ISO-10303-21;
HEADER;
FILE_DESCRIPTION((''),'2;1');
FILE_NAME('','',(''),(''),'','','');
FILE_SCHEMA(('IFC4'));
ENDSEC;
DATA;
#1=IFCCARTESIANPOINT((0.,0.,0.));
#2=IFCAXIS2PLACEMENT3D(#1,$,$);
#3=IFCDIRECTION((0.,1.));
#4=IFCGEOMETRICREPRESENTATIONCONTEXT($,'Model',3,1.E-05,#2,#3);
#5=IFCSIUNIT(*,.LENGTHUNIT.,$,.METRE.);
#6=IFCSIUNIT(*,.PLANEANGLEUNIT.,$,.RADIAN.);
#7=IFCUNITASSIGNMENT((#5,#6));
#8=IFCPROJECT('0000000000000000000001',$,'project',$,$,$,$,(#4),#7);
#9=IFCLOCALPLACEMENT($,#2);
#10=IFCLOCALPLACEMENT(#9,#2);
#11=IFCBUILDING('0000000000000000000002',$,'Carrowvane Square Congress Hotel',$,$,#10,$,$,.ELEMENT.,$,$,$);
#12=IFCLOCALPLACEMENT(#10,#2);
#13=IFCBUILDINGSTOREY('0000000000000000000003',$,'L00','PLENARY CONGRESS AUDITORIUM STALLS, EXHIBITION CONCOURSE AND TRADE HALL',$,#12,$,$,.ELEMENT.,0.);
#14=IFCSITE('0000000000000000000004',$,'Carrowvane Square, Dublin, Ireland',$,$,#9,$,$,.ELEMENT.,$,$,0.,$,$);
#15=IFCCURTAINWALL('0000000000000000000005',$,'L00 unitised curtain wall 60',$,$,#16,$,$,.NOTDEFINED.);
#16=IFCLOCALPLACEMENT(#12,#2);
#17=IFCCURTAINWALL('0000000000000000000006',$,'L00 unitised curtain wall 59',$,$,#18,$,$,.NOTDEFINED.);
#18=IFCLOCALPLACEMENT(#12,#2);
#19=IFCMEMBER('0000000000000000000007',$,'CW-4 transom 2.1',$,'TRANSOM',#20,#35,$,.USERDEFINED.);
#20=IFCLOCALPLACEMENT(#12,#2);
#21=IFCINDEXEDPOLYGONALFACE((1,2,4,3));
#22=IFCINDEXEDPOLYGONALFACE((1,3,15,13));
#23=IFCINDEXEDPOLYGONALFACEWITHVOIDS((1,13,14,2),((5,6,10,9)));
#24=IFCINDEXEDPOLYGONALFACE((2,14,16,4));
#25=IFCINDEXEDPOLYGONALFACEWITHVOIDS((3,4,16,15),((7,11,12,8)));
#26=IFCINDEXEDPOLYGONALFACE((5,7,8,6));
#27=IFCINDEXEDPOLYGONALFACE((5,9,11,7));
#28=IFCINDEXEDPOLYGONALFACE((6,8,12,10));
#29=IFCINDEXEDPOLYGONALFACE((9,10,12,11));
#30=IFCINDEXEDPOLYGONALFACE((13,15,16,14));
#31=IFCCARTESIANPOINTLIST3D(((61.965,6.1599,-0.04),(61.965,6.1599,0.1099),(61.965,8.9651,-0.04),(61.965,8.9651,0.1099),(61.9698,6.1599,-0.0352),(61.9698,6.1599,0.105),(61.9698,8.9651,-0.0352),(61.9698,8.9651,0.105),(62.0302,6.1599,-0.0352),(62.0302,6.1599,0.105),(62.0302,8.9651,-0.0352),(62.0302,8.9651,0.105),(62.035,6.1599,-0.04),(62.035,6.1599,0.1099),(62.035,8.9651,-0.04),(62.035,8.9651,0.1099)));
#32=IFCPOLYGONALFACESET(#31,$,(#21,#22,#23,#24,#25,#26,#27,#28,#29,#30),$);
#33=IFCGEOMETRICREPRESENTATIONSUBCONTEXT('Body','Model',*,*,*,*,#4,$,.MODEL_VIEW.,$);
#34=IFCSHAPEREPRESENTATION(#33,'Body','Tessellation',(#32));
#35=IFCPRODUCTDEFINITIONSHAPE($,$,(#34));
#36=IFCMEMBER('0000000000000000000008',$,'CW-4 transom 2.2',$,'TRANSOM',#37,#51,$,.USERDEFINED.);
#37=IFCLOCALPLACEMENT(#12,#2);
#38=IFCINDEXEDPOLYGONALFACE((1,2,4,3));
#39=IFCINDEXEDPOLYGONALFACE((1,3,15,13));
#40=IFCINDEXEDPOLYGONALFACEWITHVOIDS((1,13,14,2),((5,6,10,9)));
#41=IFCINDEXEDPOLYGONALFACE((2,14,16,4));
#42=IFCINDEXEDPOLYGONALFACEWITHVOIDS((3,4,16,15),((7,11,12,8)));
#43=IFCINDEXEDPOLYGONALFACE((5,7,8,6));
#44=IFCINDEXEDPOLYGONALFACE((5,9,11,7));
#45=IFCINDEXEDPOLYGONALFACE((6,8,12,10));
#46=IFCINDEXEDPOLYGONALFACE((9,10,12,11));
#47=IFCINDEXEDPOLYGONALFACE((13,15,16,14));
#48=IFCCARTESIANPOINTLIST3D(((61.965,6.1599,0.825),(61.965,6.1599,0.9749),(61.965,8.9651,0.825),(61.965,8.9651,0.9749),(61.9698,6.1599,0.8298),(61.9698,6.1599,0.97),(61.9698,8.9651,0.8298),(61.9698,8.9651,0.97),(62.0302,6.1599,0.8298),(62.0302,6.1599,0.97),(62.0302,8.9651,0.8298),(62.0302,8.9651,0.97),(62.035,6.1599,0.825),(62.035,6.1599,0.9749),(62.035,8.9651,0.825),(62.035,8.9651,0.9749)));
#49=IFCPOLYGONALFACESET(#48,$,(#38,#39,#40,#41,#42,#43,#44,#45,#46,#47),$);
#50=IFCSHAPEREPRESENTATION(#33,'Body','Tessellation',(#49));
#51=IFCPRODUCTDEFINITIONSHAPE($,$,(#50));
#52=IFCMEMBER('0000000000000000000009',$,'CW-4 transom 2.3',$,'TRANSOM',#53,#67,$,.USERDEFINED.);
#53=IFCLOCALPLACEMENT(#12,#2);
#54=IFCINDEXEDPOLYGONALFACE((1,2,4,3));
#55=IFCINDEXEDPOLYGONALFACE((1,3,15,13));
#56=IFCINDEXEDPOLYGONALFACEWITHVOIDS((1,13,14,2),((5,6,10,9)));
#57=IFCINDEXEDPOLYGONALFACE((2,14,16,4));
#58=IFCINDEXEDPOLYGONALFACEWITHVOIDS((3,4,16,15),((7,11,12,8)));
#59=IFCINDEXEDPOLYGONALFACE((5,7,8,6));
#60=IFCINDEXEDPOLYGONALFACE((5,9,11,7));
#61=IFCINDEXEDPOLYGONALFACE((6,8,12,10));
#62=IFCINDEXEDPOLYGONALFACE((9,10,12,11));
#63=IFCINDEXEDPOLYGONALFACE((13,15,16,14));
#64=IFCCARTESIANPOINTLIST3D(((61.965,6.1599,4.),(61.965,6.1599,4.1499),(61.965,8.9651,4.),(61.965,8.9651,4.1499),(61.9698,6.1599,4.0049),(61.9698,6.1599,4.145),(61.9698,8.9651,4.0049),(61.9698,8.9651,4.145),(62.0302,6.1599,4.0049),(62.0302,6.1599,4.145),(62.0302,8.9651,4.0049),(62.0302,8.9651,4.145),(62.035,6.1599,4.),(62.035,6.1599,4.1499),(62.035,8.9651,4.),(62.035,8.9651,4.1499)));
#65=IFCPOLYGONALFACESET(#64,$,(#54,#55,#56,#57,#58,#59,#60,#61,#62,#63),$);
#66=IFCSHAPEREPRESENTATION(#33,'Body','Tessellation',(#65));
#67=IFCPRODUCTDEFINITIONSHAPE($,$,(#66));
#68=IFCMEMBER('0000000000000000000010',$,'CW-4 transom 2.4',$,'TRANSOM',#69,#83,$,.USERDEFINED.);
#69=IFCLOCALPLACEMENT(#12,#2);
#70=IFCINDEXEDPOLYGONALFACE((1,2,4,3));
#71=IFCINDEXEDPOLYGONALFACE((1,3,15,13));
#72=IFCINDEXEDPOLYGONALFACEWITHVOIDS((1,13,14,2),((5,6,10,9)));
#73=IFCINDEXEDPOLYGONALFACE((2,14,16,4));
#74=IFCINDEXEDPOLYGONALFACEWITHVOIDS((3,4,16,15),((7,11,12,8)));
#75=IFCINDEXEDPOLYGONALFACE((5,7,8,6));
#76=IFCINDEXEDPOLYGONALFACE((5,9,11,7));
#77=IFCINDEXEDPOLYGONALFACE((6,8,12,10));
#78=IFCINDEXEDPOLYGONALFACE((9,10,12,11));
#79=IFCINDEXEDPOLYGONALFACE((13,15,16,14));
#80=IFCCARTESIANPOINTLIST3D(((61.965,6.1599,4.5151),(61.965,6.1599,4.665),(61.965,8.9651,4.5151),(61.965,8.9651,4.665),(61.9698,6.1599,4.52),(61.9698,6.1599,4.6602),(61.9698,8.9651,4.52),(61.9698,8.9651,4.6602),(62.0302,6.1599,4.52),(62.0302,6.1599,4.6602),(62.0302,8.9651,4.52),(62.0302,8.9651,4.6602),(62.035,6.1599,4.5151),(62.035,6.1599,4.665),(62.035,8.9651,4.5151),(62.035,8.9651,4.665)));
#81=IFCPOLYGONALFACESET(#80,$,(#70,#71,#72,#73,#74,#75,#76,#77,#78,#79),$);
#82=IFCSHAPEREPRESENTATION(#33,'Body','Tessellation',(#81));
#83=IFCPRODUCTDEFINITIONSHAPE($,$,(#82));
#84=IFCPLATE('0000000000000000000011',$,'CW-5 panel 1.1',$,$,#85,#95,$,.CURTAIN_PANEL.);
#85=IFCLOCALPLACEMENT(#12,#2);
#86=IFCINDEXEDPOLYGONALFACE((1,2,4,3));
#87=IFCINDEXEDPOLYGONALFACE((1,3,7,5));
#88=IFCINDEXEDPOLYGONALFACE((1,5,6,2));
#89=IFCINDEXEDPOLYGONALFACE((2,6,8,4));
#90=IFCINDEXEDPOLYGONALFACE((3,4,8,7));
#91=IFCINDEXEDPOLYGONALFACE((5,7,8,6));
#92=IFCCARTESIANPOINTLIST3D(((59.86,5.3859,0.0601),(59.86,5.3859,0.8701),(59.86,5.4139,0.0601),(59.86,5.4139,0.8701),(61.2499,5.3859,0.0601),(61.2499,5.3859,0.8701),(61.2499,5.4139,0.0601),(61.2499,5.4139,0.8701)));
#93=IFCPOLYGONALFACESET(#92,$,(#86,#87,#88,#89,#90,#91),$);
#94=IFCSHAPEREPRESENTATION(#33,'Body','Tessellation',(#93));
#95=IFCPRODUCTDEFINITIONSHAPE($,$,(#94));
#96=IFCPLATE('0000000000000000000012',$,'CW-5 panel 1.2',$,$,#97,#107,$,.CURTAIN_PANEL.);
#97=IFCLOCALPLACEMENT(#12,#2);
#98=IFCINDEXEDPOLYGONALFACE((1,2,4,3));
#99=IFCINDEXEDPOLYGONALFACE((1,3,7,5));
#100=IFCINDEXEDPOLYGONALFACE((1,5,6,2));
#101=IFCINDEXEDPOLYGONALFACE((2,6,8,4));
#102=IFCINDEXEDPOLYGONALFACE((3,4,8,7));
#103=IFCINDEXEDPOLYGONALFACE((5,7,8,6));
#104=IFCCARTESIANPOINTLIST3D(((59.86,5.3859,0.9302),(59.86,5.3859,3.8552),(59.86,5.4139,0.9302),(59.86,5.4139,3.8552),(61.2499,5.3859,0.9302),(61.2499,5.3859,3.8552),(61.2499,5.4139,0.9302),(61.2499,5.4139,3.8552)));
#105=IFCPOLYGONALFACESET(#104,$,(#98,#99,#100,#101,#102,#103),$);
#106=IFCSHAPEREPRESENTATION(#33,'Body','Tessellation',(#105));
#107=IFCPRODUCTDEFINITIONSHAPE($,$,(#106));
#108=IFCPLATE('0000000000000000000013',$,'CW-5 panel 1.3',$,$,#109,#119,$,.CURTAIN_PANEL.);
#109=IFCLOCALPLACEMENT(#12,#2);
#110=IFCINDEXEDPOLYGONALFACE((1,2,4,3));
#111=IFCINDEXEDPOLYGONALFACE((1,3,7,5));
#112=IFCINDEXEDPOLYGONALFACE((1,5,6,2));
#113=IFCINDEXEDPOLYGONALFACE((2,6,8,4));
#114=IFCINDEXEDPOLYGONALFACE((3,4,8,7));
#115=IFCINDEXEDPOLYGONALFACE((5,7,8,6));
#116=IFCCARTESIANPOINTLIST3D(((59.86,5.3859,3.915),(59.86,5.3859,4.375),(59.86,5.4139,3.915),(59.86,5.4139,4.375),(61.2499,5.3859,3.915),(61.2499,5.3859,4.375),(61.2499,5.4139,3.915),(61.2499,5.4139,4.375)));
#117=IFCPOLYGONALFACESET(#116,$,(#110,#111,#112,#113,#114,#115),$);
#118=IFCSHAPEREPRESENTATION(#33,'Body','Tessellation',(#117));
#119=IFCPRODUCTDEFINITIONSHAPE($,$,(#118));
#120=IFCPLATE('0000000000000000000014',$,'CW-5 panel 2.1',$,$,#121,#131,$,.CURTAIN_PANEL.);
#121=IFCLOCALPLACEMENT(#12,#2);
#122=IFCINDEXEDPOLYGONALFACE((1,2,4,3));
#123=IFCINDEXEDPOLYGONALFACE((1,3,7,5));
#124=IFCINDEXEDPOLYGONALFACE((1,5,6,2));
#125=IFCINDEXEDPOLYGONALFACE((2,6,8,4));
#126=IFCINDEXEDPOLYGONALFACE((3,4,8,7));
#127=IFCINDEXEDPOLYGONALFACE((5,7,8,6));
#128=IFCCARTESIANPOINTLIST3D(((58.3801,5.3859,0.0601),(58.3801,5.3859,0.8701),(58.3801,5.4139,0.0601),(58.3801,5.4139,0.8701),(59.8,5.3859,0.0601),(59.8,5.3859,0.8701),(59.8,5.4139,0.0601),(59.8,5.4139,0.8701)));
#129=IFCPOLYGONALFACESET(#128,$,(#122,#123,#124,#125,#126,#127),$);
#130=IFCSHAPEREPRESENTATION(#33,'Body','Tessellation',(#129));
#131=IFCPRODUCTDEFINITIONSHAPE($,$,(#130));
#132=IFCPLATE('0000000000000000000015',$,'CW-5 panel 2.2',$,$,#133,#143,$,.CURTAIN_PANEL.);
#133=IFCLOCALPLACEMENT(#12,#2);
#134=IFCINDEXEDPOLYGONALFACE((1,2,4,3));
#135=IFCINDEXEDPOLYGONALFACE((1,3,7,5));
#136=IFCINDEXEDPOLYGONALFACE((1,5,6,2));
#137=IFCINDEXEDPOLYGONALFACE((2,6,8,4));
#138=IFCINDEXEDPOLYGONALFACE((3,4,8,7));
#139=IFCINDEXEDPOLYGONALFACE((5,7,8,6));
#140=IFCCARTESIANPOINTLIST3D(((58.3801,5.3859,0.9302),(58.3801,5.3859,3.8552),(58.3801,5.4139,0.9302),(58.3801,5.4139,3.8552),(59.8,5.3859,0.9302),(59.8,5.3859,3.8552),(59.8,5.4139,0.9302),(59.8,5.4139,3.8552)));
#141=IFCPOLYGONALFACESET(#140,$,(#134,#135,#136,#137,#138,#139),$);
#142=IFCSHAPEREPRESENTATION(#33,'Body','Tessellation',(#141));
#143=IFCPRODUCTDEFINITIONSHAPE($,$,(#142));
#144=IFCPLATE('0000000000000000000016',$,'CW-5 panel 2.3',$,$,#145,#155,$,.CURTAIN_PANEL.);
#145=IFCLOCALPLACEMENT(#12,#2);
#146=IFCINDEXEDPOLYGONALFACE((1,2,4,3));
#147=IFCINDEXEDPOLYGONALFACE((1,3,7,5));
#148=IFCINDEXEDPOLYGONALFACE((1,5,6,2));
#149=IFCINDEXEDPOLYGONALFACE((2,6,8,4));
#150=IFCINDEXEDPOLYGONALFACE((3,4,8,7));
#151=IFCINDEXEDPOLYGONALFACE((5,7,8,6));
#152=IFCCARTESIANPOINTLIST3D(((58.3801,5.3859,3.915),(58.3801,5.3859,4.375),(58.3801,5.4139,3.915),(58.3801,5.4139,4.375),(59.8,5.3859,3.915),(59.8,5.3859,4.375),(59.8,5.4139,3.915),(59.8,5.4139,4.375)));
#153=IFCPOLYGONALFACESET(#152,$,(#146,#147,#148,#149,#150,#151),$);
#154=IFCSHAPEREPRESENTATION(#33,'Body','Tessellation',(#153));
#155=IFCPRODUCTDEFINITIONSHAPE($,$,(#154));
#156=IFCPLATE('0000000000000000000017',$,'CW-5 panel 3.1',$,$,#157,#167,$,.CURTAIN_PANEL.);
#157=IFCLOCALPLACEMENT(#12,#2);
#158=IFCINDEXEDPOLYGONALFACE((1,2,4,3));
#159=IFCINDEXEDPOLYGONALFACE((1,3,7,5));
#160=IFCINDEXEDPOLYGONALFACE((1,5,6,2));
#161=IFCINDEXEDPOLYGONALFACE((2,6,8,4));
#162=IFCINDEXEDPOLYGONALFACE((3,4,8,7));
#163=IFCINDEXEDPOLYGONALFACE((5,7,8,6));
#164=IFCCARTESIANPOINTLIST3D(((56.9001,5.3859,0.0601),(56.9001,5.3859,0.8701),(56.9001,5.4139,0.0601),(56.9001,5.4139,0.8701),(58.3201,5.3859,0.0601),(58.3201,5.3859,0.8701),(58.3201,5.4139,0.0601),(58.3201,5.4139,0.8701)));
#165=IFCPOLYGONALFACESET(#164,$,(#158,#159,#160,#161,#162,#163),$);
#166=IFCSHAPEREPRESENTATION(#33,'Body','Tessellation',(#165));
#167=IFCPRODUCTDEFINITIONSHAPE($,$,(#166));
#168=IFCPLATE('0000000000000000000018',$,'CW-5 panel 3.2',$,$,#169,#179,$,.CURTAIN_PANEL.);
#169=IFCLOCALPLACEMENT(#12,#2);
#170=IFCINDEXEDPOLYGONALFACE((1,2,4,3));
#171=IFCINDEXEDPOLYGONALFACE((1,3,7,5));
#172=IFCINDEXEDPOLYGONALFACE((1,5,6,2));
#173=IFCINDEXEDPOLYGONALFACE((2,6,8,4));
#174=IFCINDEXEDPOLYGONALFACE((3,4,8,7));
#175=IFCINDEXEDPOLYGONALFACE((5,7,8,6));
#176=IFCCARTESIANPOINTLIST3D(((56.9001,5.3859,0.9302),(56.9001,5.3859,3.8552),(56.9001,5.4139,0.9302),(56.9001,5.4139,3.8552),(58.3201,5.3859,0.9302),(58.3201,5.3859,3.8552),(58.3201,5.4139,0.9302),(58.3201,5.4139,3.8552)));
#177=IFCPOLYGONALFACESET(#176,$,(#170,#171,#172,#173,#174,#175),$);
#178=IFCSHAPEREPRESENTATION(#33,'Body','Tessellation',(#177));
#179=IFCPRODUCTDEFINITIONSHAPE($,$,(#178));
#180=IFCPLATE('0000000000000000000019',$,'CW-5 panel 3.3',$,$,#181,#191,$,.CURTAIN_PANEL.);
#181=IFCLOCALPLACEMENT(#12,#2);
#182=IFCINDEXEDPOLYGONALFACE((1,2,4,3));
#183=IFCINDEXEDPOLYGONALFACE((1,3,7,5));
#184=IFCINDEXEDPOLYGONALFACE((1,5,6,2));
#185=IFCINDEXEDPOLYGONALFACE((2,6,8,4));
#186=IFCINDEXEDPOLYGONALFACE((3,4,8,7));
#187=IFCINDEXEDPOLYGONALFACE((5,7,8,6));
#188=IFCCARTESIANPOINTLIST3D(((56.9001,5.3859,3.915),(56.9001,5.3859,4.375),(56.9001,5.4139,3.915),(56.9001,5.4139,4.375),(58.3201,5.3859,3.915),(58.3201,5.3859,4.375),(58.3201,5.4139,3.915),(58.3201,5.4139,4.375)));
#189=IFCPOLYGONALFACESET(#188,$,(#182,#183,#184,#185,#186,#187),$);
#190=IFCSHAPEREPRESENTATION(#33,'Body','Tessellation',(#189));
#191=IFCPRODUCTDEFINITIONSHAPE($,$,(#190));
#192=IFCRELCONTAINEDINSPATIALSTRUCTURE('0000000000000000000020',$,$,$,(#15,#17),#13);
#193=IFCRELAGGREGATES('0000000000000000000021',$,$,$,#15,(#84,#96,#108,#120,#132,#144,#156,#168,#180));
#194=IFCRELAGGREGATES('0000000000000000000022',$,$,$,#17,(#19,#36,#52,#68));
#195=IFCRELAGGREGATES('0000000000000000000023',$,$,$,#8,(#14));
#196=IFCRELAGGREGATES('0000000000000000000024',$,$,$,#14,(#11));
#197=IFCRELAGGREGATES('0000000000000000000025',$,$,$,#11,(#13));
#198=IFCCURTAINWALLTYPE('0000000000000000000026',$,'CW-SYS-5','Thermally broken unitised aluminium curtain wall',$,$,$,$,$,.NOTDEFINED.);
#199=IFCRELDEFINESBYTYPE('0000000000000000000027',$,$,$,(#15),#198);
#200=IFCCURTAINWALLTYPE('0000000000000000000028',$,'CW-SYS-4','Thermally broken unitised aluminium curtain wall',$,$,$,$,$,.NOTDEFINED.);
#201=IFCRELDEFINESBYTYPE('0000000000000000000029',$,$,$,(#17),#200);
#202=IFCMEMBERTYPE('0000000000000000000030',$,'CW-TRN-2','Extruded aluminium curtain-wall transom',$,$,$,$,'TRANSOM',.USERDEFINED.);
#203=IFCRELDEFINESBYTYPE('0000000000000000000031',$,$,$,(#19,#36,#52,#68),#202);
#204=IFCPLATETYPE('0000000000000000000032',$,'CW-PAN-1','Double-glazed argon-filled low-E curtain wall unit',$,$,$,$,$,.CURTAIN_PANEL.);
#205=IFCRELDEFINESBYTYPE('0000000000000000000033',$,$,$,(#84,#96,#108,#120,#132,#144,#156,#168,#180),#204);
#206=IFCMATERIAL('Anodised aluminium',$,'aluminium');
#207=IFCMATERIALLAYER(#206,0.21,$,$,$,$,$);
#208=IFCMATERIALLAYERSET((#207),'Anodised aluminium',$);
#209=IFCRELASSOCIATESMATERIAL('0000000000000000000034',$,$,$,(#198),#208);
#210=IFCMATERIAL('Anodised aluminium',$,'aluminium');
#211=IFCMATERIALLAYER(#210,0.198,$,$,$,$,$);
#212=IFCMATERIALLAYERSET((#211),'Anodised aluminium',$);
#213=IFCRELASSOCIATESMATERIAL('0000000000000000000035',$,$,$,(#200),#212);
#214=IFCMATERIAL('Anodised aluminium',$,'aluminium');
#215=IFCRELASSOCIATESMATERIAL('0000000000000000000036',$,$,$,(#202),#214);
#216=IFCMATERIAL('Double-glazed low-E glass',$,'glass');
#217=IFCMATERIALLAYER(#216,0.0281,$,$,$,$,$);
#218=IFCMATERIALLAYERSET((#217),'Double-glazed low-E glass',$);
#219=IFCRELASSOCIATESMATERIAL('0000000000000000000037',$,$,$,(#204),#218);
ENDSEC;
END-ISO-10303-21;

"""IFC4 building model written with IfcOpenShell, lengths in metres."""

from ifc_helpers import new_model, si_unit, direction, frame, origin, origin_2d, place, context, subcontext, project, spatial, rectangle, hollow_rectangle, extrude, material, layer, layer_set, material_profile, profile_set, type_object, element, aggregate, save


model = new_model("IFC4")

# Units and contexts
model_context = context("Model", 3, precision=1e-05, world=origin(), true_north=direction((0.0, 1.0)))
body_context = subcontext(model_context, "Body", "Model", "MODEL_VIEW")
ifc_project = project(units=[si_unit("LENGTHUNIT", "METRE"), si_unit("PLANEANGLEUNIT", "RADIAN")], contexts=[model_context])

# Site, building, storey
site_placement = place(None, origin())
site = spatial("IfcSite", under=ifc_project, at=site_placement, Name="Carrowvane Square, Dublin, Ireland", CompositionType="ELEMENT", RefElevation=0.0)
building_placement = place(site_placement, origin())
building = spatial("IfcBuilding", under=site, at=building_placement, Name="Carrowvane Square Congress Hotel", CompositionType="ELEMENT")
storey_placement = place(building_placement, origin())
storey = spatial("IfcBuildingStorey", under=building, at=storey_placement, Name="L00", Description="PLENARY CONGRESS AUDITORIUM STALLS, EXHIBITION CONCOURSE AND TRADE HALL", CompositionType="ELEMENT", Elevation=0.0)

# Curtain walls
ifc_material_1 = material(Name="Anodised aluminium", Category="aluminium")
ifc_layer_1 = layer(ifc_material_1, 0.21)
ifc_layer_set_1 = layer_set([ifc_layer_1], Name="Anodised aluminium")
curtain_wall_type_1 = type_object("IfcCurtainWallType", Name="CW-SYS-5", Description="Thermally broken unitised aluminium curtain wall", PredefinedType="NOTDEFINED", material=ifc_layer_set_1)
curtain_wall_1_placement = place(storey_placement, origin())
curtain_wall_1 = element("IfcCurtainWall", 1, at=curtain_wall_1_placement, inside=storey, type_object=curtain_wall_type_1, Name="L00 unitised curtain wall 60", PredefinedType="NOTDEFINED")
ifc_material_2 = material(Name="Anodised aluminium", Category="aluminium")
ifc_layer_2 = layer(ifc_material_2, 0.198)
ifc_layer_set_2 = layer_set([ifc_layer_2], Name="Anodised aluminium")
curtain_wall_type_2 = type_object("IfcCurtainWallType", Name="CW-SYS-4", Description="Thermally broken unitised aluminium curtain wall", PredefinedType="NOTDEFINED", material=ifc_layer_set_2)
curtain_wall_2_placement = place(storey_placement, origin())
curtain_wall_2 = element("IfcCurtainWall", 2, at=curtain_wall_2_placement, inside=storey, type_object=curtain_wall_type_2, Name="L00 unitised curtain wall 59", PredefinedType="NOTDEFINED")

# Members
ifc_material_3 = material(Name="Anodised aluminium", Category="aluminium")
ifc_material_profile_1 = material_profile(ifc_material_3, hollow_rectangle(XDim=0.0701, YDim=0.1499, WallThickness=0.0049, at=origin_2d()), Name="CW-TR 70x150x5")
ifc_profile_set_1 = profile_set([ifc_material_profile_1], Name="Anodised aluminium")
member_type_1 = type_object("IfcMemberType", Name="CW-TRN-2", Description="Extruded aluminium curtain-wall transom", ElementType="TRANSOM", PredefinedType="USERDEFINED", material=ifc_profile_set_1)
member_1_placement = place(storey_placement, frame((62.0, 8.9651, 0.0349), z_axis=(0.0, -1.0, 0.0), x_axis=(1.0, 0.0, 0.0)))
member_1 = element("IfcMember", 3, at=member_1_placement, type_object=member_type_1, Name="CW-4 transom 2.1", ObjectType="TRANSOM", PredefinedType="USERDEFINED", context=body_context, shape_type="SweptSolid", body=[
    extrude(hollow_rectangle(XDim=0.0701, YDim=0.1499, WallThickness=0.0049, at=origin_2d()), origin(), (0.0, 0.0, 1.0), 2.8052),
])
member_2_placement = place(storey_placement, frame((62.0, 8.9651, 0.8999), z_axis=(0.0, -1.0, 0.0), x_axis=(1.0, 0.0, 0.0)))
member_2 = element("IfcMember", 4, at=member_2_placement, type_object=member_type_1, Name="CW-4 transom 2.2", ObjectType="TRANSOM", PredefinedType="USERDEFINED", context=body_context, shape_type="SweptSolid", body=[
    extrude(hollow_rectangle(XDim=0.0701, YDim=0.1499, WallThickness=0.0049, at=origin_2d()), origin(), (0.0, 0.0, 1.0), 2.8052),
])
member_3_placement = place(storey_placement, frame((62.0, 8.9651, 4.075), z_axis=(0.0, -1.0, 0.0), x_axis=(1.0, 0.0, 0.0)))
member_3 = element("IfcMember", 5, at=member_3_placement, type_object=member_type_1, Name="CW-4 transom 2.3", ObjectType="TRANSOM", PredefinedType="USERDEFINED", context=body_context, shape_type="SweptSolid", body=[
    extrude(hollow_rectangle(XDim=0.0701, YDim=0.1499, WallThickness=0.0049, at=origin_2d()), origin(), (0.0, 0.0, 1.0), 2.8052),
])
member_4_placement = place(storey_placement, frame((62.0, 8.9651, 4.5901), z_axis=(0.0, -1.0, 0.0), x_axis=(1.0, 0.0, 0.0)))
member_4 = element("IfcMember", 6, at=member_4_placement, type_object=member_type_1, Name="CW-4 transom 2.4", ObjectType="TRANSOM", PredefinedType="USERDEFINED", context=body_context, shape_type="SweptSolid", body=[
    extrude(hollow_rectangle(XDim=0.0701, YDim=0.1499, WallThickness=0.0049, at=origin_2d()), origin(), (0.0, 0.0, 1.0), 2.8052),
])

# Plates
ifc_material_4 = material(Name="Double-glazed low-E glass", Category="glass")
ifc_layer_3 = layer(ifc_material_4, 0.0281)
ifc_layer_set_3 = layer_set([ifc_layer_3], Name="Double-glazed low-E glass")
plate_type_1 = type_object("IfcPlateType", Name="CW-PAN-1", Description="Double-glazed argon-filled low-E curtain wall unit", PredefinedType="CURTAIN_PANEL", material=ifc_layer_set_3)
plate_1_placement = place(storey_placement, frame((60.5549, 5.3999, 0.0601), z_axis=(0.0, 0.0, 1.0), x_axis=(-1.0, 0.0, 0.0)))
plate_1 = element("IfcPlate", 7, at=plate_1_placement, type_object=plate_type_1, Name="CW-5 panel 1.1", PredefinedType="CURTAIN_PANEL", context=body_context, shape_type="SweptSolid", body=[
    extrude(rectangle(XDim=1.3899, YDim=0.0281, at=origin_2d()), origin(), (0.0, 0.0, 1.0), 0.8101),
])
plate_2_placement = place(storey_placement, frame((60.5549, 5.3999, 0.9302), z_axis=(0.0, 0.0, 1.0), x_axis=(-1.0, 0.0, 0.0)))
plate_2 = element("IfcPlate", 8, at=plate_2_placement, type_object=plate_type_1, Name="CW-5 panel 1.2", PredefinedType="CURTAIN_PANEL", context=body_context, shape_type="SweptSolid", body=[
    extrude(rectangle(XDim=1.3899, YDim=0.0281, at=origin_2d()), origin(), (0.0, 0.0, 1.0), 2.925),
])
plate_3_placement = place(storey_placement, frame((60.5549, 5.3999, 3.915), z_axis=(0.0, 0.0, 1.0), x_axis=(-1.0, 0.0, 0.0)))
plate_3 = element("IfcPlate", 9, at=plate_3_placement, type_object=plate_type_1, Name="CW-5 panel 1.3", PredefinedType="CURTAIN_PANEL", context=body_context, shape_type="SweptSolid", body=[
    extrude(rectangle(XDim=1.3899, YDim=0.0281, at=origin_2d()), origin(), (0.0, 0.0, 1.0), 0.46),
])
plate_4_placement = place(storey_placement, frame((59.0901, 5.3999, 0.0601), z_axis=(0.0, 0.0, 1.0), x_axis=(-1.0, 0.0, 0.0)))
plate_4 = element("IfcPlate", 10, at=plate_4_placement, type_object=plate_type_1, Name="CW-5 panel 2.1", PredefinedType="CURTAIN_PANEL", context=body_context, shape_type="SweptSolid", body=[
    extrude(rectangle(XDim=1.4199, YDim=0.0281, at=origin_2d()), origin(), (0.0, 0.0, 1.0), 0.8101),
])
plate_5_placement = place(storey_placement, frame((59.0901, 5.3999, 0.9302), z_axis=(0.0, 0.0, 1.0), x_axis=(-1.0, 0.0, 0.0)))
plate_5 = element("IfcPlate", 11, at=plate_5_placement, type_object=plate_type_1, Name="CW-5 panel 2.2", PredefinedType="CURTAIN_PANEL", context=body_context, shape_type="SweptSolid", body=[
    extrude(rectangle(XDim=1.4199, YDim=0.0281, at=origin_2d()), origin(), (0.0, 0.0, 1.0), 2.925),
])
plate_6_placement = place(storey_placement, frame((59.0901, 5.3999, 3.915), z_axis=(0.0, 0.0, 1.0), x_axis=(-1.0, 0.0, 0.0)))
plate_6 = element("IfcPlate", 12, at=plate_6_placement, type_object=plate_type_1, Name="CW-5 panel 2.3", PredefinedType="CURTAIN_PANEL", context=body_context, shape_type="SweptSolid", body=[
    extrude(rectangle(XDim=1.4199, YDim=0.0281, at=origin_2d()), origin(), (0.0, 0.0, 1.0), 0.46),
])
plate_7_placement = place(storey_placement, frame((57.6101, 5.3999, 0.0601), z_axis=(0.0, 0.0, 1.0), x_axis=(-1.0, 0.0, 0.0)))
plate_7 = element("IfcPlate", 13, at=plate_7_placement, type_object=plate_type_1, Name="CW-5 panel 3.1", PredefinedType="CURTAIN_PANEL", context=body_context, shape_type="SweptSolid", body=[
    extrude(rectangle(XDim=1.4199, YDim=0.0281, at=origin_2d()), origin(), (0.0, 0.0, 1.0), 0.8101),
])
plate_8_placement = place(storey_placement, frame((57.6101, 5.3999, 0.9302), z_axis=(0.0, 0.0, 1.0), x_axis=(-1.0, 0.0, 0.0)))
plate_8 = element("IfcPlate", 14, at=plate_8_placement, type_object=plate_type_1, Name="CW-5 panel 3.2", PredefinedType="CURTAIN_PANEL", context=body_context, shape_type="SweptSolid", body=[
    extrude(rectangle(XDim=1.4199, YDim=0.0281, at=origin_2d()), origin(), (0.0, 0.0, 1.0), 2.925),
])
plate_9_placement = place(storey_placement, frame((57.6101, 5.3999, 3.915), z_axis=(0.0, 0.0, 1.0), x_axis=(-1.0, 0.0, 0.0)))
plate_9 = element("IfcPlate", 15, at=plate_9_placement, type_object=plate_type_1, Name="CW-5 panel 3.3", PredefinedType="CURTAIN_PANEL", context=body_context, shape_type="SweptSolid", body=[
    extrude(rectangle(XDim=1.4199, YDim=0.0281, at=origin_2d()), origin(), (0.0, 0.0, 1.0), 0.46),
])
aggregate(curtain_wall_1, [plate_1, plate_2, plate_3, plate_4, plate_5, plate_6, plate_7, plate_8, plate_9])
aggregate(curtain_wall_2, [member_1, member_2, member_3, member_4])

save(model, "model.ifc")
